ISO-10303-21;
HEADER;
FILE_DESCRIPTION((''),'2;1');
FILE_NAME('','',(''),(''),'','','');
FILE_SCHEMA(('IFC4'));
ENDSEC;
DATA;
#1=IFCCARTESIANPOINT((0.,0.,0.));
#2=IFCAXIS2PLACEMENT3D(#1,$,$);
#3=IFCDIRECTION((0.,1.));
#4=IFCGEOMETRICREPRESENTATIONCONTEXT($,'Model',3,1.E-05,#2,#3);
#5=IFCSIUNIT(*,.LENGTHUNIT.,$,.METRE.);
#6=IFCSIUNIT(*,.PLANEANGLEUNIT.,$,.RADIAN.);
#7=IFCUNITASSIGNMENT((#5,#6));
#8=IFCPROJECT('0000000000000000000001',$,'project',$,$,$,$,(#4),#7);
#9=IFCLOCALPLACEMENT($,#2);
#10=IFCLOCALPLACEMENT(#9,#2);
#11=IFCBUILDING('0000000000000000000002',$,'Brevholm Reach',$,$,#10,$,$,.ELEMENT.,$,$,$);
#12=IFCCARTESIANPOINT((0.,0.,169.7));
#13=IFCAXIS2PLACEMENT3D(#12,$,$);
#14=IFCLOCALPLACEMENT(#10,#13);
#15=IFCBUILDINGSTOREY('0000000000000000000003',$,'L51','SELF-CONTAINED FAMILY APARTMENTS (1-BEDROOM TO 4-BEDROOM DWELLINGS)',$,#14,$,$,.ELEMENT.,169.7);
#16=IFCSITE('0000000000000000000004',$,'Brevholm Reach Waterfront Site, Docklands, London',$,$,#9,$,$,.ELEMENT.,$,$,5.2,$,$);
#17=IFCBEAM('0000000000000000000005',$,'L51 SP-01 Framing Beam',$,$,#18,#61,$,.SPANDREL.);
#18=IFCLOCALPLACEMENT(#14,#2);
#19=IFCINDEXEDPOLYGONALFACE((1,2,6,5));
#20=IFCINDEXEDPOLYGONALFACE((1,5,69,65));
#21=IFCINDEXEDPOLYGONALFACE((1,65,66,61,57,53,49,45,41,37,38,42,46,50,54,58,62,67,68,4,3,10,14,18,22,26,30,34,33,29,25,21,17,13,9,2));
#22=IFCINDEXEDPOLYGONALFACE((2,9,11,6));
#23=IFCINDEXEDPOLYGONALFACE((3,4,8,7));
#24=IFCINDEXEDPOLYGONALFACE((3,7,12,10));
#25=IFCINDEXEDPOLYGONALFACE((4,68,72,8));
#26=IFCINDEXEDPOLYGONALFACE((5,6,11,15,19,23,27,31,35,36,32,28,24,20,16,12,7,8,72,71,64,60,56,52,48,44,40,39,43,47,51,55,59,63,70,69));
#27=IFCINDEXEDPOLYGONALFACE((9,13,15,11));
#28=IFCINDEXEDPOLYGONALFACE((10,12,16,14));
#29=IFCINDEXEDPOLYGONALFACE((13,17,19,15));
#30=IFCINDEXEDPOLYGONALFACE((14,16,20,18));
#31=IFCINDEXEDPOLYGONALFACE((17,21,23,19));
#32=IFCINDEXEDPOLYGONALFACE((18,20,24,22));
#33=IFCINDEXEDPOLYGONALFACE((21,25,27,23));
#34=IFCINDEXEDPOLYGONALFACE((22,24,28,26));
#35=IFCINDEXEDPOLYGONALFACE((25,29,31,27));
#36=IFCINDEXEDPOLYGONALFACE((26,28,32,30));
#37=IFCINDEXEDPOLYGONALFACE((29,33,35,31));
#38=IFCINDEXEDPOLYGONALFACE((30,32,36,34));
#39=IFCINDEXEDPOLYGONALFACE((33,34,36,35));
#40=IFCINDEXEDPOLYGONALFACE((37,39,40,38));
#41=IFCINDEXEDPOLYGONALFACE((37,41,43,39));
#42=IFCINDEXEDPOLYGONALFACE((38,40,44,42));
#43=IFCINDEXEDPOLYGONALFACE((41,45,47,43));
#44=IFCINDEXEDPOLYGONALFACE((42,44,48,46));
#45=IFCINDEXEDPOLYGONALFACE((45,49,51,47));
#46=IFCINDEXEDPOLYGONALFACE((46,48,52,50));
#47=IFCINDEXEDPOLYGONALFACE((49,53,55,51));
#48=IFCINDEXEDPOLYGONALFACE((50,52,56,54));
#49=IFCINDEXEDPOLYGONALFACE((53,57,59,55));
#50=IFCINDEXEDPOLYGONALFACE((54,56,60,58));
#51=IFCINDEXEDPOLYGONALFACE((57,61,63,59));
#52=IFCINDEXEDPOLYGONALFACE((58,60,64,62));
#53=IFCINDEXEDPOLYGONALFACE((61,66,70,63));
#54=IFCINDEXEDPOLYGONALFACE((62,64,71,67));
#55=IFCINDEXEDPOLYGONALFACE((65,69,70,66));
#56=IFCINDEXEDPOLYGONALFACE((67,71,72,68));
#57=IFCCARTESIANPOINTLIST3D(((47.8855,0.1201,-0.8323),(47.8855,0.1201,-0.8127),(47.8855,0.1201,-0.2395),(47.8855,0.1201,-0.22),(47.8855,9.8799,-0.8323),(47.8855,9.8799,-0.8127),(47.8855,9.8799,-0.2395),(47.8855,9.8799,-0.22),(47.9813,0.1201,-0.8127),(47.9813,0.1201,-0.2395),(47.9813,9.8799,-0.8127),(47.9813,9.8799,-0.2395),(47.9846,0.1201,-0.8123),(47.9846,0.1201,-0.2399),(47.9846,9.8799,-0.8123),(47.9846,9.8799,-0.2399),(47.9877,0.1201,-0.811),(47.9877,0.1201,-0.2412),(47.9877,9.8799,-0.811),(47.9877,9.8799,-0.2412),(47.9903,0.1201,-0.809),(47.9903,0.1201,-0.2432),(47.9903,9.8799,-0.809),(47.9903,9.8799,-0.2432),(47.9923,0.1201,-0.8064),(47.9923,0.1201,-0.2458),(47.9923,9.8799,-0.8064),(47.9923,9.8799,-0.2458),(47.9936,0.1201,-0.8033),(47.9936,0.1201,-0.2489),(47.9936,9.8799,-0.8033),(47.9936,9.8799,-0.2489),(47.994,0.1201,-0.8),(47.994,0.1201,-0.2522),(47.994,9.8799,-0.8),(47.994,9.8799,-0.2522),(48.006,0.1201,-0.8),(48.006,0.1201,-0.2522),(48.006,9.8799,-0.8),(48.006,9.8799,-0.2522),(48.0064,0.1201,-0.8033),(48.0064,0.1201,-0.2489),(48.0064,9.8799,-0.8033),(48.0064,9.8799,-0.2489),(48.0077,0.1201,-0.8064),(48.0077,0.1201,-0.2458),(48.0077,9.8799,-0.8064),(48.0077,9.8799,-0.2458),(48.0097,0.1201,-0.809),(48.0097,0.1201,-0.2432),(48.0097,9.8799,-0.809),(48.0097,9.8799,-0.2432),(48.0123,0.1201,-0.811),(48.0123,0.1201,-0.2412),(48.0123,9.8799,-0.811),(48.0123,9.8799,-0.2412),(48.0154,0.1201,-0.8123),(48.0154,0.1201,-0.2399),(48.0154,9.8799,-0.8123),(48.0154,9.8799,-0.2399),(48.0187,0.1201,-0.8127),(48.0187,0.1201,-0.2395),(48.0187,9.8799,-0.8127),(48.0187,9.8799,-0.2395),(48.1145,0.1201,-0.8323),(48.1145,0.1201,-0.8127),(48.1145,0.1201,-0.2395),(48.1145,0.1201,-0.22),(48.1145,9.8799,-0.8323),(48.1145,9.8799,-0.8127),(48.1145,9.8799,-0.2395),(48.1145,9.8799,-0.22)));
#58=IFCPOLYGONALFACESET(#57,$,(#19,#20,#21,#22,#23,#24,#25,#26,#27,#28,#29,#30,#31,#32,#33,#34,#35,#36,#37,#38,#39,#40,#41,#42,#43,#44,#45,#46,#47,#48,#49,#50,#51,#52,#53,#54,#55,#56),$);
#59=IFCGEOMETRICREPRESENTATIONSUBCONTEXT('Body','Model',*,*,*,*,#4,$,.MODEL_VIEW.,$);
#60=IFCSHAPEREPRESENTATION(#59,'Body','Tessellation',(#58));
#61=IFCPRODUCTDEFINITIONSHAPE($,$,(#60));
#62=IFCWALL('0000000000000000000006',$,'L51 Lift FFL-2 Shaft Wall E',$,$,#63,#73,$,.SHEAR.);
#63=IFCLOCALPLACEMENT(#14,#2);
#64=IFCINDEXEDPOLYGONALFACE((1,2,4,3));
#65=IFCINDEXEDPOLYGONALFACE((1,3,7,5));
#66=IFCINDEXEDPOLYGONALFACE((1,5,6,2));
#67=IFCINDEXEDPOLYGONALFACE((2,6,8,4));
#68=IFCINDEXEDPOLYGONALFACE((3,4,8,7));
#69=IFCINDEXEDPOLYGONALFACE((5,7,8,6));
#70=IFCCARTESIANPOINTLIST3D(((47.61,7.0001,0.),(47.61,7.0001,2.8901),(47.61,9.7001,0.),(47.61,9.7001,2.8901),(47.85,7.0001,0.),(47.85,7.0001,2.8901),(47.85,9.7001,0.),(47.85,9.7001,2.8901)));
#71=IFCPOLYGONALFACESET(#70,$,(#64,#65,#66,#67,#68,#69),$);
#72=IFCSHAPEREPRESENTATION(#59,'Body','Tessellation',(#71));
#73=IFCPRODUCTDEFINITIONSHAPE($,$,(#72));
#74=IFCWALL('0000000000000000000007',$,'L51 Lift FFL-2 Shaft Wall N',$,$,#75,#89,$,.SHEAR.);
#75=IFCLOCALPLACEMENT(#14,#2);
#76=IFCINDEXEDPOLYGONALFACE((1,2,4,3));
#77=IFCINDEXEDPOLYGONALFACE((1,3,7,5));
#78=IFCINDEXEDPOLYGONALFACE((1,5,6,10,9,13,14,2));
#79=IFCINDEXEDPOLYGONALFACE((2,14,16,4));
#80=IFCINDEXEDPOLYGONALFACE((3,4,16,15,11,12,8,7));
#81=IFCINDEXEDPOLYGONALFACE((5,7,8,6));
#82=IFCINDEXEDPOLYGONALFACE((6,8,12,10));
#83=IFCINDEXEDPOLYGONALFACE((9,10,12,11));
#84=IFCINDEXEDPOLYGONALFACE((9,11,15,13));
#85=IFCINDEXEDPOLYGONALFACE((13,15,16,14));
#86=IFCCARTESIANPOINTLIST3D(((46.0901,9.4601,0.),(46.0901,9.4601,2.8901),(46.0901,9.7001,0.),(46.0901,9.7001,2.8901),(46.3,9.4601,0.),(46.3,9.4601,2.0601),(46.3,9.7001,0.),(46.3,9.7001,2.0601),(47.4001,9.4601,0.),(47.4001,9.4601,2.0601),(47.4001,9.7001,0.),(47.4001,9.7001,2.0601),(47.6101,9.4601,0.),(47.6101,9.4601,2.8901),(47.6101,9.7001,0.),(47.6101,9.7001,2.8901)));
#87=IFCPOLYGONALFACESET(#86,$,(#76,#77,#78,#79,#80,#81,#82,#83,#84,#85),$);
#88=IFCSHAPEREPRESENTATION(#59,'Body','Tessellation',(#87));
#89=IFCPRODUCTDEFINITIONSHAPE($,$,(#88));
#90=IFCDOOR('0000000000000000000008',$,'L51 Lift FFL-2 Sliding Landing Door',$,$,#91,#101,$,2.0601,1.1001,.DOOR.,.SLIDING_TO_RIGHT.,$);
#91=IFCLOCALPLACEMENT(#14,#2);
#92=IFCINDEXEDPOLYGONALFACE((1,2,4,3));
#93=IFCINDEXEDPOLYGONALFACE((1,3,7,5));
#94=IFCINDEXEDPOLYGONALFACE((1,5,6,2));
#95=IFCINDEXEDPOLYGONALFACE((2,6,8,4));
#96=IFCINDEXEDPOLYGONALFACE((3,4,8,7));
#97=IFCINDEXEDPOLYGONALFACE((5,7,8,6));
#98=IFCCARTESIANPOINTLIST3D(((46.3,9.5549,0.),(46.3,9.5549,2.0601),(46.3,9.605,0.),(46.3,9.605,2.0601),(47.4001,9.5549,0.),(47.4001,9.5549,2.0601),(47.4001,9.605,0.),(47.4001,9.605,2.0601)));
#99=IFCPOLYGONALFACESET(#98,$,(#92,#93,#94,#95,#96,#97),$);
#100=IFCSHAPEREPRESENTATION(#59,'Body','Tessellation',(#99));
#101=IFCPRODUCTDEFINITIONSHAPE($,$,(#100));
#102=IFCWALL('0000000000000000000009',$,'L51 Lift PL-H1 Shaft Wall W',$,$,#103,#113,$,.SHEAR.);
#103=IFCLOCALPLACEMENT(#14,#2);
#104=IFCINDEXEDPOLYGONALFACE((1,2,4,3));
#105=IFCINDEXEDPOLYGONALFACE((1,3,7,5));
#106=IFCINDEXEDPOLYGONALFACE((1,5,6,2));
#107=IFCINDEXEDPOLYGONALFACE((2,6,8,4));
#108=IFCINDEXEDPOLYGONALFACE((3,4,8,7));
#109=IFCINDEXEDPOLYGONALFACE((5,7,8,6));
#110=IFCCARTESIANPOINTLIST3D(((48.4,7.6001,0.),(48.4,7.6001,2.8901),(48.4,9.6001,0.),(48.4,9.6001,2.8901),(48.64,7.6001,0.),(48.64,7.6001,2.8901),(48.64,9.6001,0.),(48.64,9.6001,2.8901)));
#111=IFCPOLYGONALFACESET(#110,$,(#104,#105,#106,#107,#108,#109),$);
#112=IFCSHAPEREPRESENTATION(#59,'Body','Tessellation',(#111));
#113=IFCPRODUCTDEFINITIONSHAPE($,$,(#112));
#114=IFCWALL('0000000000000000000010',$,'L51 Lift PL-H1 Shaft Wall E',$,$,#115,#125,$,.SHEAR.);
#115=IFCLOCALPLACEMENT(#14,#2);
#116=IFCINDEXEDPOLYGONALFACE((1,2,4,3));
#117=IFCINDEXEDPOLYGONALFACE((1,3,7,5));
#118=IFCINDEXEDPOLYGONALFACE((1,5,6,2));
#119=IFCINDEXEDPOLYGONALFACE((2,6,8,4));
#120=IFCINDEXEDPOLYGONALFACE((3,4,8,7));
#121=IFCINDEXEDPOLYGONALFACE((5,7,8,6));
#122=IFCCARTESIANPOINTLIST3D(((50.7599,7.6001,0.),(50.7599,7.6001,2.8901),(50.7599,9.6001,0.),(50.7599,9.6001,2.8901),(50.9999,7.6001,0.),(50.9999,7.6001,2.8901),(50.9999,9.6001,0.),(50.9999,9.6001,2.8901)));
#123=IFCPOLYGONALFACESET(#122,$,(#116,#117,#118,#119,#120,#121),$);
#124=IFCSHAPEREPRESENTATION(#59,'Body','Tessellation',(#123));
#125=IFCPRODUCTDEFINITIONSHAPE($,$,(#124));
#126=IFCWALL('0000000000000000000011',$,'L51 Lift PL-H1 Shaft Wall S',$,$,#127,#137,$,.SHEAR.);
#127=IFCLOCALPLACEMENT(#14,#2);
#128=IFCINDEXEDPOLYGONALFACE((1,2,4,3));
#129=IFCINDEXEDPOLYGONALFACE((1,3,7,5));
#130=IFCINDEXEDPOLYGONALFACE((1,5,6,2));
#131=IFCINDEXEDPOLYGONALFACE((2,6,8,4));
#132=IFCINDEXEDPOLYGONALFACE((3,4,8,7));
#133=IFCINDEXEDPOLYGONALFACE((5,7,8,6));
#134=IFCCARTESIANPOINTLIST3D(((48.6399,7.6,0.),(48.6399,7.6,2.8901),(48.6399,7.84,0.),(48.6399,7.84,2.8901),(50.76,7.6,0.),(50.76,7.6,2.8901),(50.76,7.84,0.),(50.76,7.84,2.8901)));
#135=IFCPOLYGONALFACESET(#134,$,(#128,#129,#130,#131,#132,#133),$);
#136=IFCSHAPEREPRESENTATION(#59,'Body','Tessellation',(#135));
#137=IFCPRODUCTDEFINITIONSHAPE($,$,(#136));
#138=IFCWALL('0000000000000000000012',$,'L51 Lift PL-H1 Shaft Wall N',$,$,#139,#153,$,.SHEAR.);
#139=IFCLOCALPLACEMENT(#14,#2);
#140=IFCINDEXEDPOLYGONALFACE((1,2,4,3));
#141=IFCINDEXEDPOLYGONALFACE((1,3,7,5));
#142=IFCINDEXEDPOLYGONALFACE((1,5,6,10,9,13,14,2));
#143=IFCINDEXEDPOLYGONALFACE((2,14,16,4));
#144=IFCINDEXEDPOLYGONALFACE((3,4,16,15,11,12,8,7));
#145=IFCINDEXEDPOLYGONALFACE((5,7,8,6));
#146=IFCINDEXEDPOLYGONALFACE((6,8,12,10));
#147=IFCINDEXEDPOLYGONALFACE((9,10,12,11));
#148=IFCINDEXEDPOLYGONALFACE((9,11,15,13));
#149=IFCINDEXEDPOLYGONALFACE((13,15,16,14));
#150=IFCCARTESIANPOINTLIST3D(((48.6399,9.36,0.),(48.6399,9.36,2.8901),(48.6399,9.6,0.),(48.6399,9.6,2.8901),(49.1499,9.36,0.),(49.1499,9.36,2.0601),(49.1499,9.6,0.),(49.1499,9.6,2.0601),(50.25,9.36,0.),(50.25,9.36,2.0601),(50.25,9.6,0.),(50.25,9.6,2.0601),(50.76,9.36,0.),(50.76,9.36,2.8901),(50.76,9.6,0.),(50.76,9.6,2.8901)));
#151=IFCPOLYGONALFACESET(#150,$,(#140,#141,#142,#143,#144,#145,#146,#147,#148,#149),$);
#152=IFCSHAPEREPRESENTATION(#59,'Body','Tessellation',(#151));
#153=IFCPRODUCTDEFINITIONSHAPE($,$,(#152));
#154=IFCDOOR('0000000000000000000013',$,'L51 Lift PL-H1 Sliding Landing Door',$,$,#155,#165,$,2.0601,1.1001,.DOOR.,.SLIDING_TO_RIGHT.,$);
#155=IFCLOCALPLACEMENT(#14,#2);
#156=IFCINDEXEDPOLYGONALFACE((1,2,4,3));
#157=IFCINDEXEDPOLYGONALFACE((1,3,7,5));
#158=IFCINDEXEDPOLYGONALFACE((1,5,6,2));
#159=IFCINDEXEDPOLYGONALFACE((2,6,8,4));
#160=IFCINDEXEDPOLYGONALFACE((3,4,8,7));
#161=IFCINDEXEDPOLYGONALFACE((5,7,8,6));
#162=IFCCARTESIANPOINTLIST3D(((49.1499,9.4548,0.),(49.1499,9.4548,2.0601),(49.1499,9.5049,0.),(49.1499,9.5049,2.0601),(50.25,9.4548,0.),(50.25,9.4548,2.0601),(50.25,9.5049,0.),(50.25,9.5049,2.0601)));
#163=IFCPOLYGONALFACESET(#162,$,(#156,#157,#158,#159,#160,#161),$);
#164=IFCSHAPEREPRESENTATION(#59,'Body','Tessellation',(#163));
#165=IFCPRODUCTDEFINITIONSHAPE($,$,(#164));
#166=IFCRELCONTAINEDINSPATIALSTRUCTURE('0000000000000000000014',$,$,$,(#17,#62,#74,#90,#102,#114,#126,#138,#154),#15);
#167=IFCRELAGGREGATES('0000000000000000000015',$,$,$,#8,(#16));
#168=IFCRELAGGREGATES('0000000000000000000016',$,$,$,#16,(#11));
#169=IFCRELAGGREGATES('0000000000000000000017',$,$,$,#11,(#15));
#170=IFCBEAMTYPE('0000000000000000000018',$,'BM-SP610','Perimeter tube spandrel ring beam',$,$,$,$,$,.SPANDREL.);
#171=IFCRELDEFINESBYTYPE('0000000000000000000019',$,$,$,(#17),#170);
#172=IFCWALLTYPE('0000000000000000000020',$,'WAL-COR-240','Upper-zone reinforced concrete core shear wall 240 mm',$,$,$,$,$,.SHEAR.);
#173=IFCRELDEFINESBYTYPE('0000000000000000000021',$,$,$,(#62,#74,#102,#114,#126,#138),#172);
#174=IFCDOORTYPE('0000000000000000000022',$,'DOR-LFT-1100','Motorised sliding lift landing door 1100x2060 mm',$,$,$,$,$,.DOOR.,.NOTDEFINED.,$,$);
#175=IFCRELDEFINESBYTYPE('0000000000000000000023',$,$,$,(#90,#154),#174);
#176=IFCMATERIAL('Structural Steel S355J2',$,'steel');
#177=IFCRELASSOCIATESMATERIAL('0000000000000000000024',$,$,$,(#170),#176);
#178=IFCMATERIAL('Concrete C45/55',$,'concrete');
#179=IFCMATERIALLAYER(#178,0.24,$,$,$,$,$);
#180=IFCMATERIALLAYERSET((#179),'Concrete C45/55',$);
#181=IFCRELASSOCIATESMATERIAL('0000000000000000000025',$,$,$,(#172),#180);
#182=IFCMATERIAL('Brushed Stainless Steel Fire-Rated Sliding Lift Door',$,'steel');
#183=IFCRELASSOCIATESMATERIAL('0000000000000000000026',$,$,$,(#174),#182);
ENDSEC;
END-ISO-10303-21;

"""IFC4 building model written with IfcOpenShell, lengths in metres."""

from ifc_helpers import new_model, si_unit, direction, frame, frame_2d, origin, origin_2d, place, context, subcontext, project, spatial, rectangle, i_section, extrude, material, layer, layer_set, material_profile, profile_set, type_object, element, fill, save


model = new_model("IFC4")

# Units and contexts
model_context = context("Model", 3, precision=1e-05, world=origin(), true_north=direction((0.0, 1.0)))
body_context = subcontext(model_context, "Body", "Model", "MODEL_VIEW")
ifc_project = project(units=[si_unit("LENGTHUNIT", "METRE"), si_unit("PLANEANGLEUNIT", "RADIAN")], contexts=[model_context])

# Site, building, storey
site_placement = place(None, origin())
site = spatial("IfcSite", under=ifc_project, at=site_placement, Name="Brevholm Reach Waterfront Site, Docklands, London", CompositionType="ELEMENT", RefElevation=5.2)
building_placement = place(site_placement, origin())
building = spatial("IfcBuilding", under=site, at=building_placement, Name="Brevholm Reach", CompositionType="ELEMENT")
storey_placement = place(building_placement, frame((0.0, 0.0, 169.7)))
storey = spatial("IfcBuildingStorey", under=building, at=storey_placement, Name="L51", Description="SELF-CONTAINED FAMILY APARTMENTS (1-BEDROOM TO 4-BEDROOM DWELLINGS)", CompositionType="ELEMENT", Elevation=169.7)

# Beam
ifc_material_1 = material(Name="Structural Steel S355J2", Category="steel")
ifc_material_profile_1 = material_profile(ifc_material_1, i_section(OverallWidth=0.229, OverallDepth=0.6123, WebThickness=0.012, FlangeThickness=0.0195, FilletRadius=0.0127, at=origin_2d()), Name="UKB 610x229x125")
ifc_profile_set_1 = profile_set([ifc_material_profile_1], Name="Structural Steel S355J2")
beam_type_1 = type_object("IfcBeamType", Name="BM-SP610", Description="Perimeter tube spandrel ring beam", PredefinedType="SPANDREL", material=ifc_profile_set_1)
beam_1_placement = place(storey_placement, frame((48.0, 0.1201, -0.5261), z_axis=(0.0, 1.0, 0.0), x_axis=(-1.0, 0.0, 0.0)))
element("IfcBeam", 1, at=beam_1_placement, inside=storey, type_object=beam_type_1, Name="L51 SP-01 Framing Beam", PredefinedType="SPANDREL", context=body_context, shape_type="SweptSolid", body=[
    extrude(i_section(OverallWidth=0.229, OverallDepth=0.6123, WebThickness=0.012, FlangeThickness=0.0195, FilletRadius=0.0127, at=origin_2d()), origin(), (0.0, 0.0, 1.0), 9.7598),
])

# Wall
ifc_material_2 = material(Name="Concrete C45/55", Category="concrete")
ifc_layer_1 = layer(ifc_material_2, 0.24)
ifc_layer_set_1 = layer_set([ifc_layer_1], Name="Concrete C45/55")
wall_type_1 = type_object("IfcWallType", Name="WAL-COR-240", Description="Upper-zone reinforced concrete core shear wall 240 mm", PredefinedType="SHEAR", material=ifc_layer_set_1)
wall_1_placement = place(storey_placement, frame((47.73, 7.0, 0.0), z_axis=(0.0, 0.0, 1.0), x_axis=(0.0, 1.0, 0.0)))
element("IfcWall", 2, at=wall_1_placement, inside=storey, type_object=wall_type_1, Name="L51 Lift FFL-2 Shaft Wall E", PredefinedType="SHEAR", context=body_context, shape_type="SweptSolid", body=[
    extrude(rectangle(XDim=2.7, YDim=0.24, at=frame_2d((1.3501, 0.0))), origin(), (0.0, 0.0, 1.0), 2.8901),
])

# Wall, opening, door
wall_2_placement = place(storey_placement, frame((46.0901, 9.5801, 0.0), z_axis=(0.0, 0.0, 1.0), x_axis=(1.0, 0.0, 0.0)))
wall_2 = element("IfcWall", 3, at=wall_2_placement, inside=storey, type_object=wall_type_1, Name="L51 Lift FFL-2 Shaft Wall N", PredefinedType="SHEAR", context=body_context, shape_type="SweptSolid", body=[
    extrude(rectangle(XDim=1.52, YDim=0.24, at=frame_2d((0.76, 0.0))), origin(), (0.0, 0.0, 1.0), 2.8901),
])
opening_1_placement = place(wall_2_placement, frame((0.21, 0.0, 0.0)))
opening_1 = element("IfcOpeningElement", 4, at=opening_1_placement, cuts=wall_2, PredefinedType="OPENING", context=body_context, shape_type="SweptSolid", body=[
    extrude(rectangle(XDim=1.1001, YDim=2.0601, at=frame_2d((0.55, 1.03))), frame((0.0, 0.1299, 0.0), z_axis=(0.0, -1.0, 0.0), x_axis=(1.0, 0.0, 0.0)), (0.0, 0.0, 1.0), 0.26),
])
ifc_material_3 = material(Name="Brushed Stainless Steel Fire-Rated Sliding Lift Door", Category="steel")
door_type_1 = type_object("IfcDoorType", Name="DOR-LFT-1100", Description="Motorised sliding lift landing door 1100x2060 mm", OperationType="NOTDEFINED", PredefinedType="DOOR", material=ifc_material_3)
door_1_placement = place(opening_1_placement, origin())
door_1 = element("IfcDoor", 5, at=door_1_placement, inside=storey, type_object=door_type_1, Name="L51 Lift FFL-2 Sliding Landing Door", OperationType="SLIDING_TO_RIGHT", OverallHeight=2.0601, OverallWidth=1.1001, PredefinedType="DOOR", context=body_context, shape_type="SweptSolid", body=[
    extrude(rectangle(XDim=1.1001, YDim=2.0601, at=frame_2d((0.55, 1.03))), frame((0.0, 0.0249, 0.0), z_axis=(0.0, -1.0, 0.0), x_axis=(1.0, 0.0, 0.0)), (0.0, 0.0, 1.0), 0.05),
])
fill(opening_1, door_1)

# Walls
for number, where, z_axis, x_axis, name in (
    (6, (48.52, 7.6001, 0.0), (0.0, 0.0, 1.0), (0.0, 1.0, 0.0), "L51 Lift PL-H1 Shaft Wall W"),
    (7, (50.8799, 7.6001, 0.0), (0.0, 0.0, 1.0), (0.0, 1.0, 0.0), "L51 Lift PL-H1 Shaft Wall E"),
):
    element("IfcWall", number, at=place(storey_placement, frame(where, z_axis=z_axis, x_axis=x_axis)), inside=storey, type_object=wall_type_1, Name=name, PredefinedType="SHEAR", context=body_context, shape_type="SweptSolid", body=[
        extrude(rectangle(XDim=2.0, YDim=0.24, at=frame_2d((1.0, 0.0))), origin(), (0.0, 0.0, 1.0), 2.8901),
    ])
wall_3_placement = place(storey_placement, frame((48.6399, 7.72, 0.0), z_axis=(0.0, 0.0, 1.0), x_axis=(1.0, 0.0, 0.0)))
element("IfcWall", 8, at=wall_3_placement, inside=storey, type_object=wall_type_1, Name="L51 Lift PL-H1 Shaft Wall S", PredefinedType="SHEAR", context=body_context, shape_type="SweptSolid", body=[
    extrude(rectangle(XDim=2.1201, YDim=0.24, at=frame_2d((1.0601, 0.0))), origin(), (0.0, 0.0, 1.0), 2.8901),
])

# Wall, opening, door
wall_4_placement = place(storey_placement, frame((48.6399, 9.48, 0.0), z_axis=(0.0, 0.0, 1.0), x_axis=(1.0, 0.0, 0.0)))
wall_4 = element("IfcWall", 9, at=wall_4_placement, inside=storey, type_object=wall_type_1, Name="L51 Lift PL-H1 Shaft Wall N", PredefinedType="SHEAR", context=body_context, shape_type="SweptSolid", body=[
    extrude(rectangle(XDim=2.1201, YDim=0.24, at=frame_2d((1.0601, 0.0))), origin(), (0.0, 0.0, 1.0), 2.8901),
])
opening_2_placement = place(wall_4_placement, frame((0.51, 0.0, 0.0)))
opening_2 = element("IfcOpeningElement", 10, at=opening_2_placement, cuts=wall_4, PredefinedType="OPENING", context=body_context, shape_type="SweptSolid", body=[
    extrude(rectangle(XDim=1.1001, YDim=2.0601, at=frame_2d((0.55, 1.03))), frame((0.0, 0.1299, 0.0), z_axis=(0.0, -1.0, 0.0), x_axis=(1.0, 0.0, 0.0)), (0.0, 0.0, 1.0), 0.26),
])
door_2_placement = place(opening_2_placement, origin())
door_2 = element("IfcDoor", 11, at=door_2_placement, inside=storey, type_object=door_type_1, Name="L51 Lift PL-H1 Sliding Landing Door", OperationType="SLIDING_TO_RIGHT", OverallHeight=2.0601, OverallWidth=1.1001, PredefinedType="DOOR", context=body_context, shape_type="SweptSolid", body=[
    extrude(rectangle(XDim=1.1001, YDim=2.0601, at=frame_2d((0.55, 1.03))), frame((0.0, 0.0249, 0.0), z_axis=(0.0, -1.0, 0.0), x_axis=(1.0, 0.0, 0.0)), (0.0, 0.0, 1.0), 0.05),
])
fill(opening_2, door_2)

save(model, "model.ifc")
